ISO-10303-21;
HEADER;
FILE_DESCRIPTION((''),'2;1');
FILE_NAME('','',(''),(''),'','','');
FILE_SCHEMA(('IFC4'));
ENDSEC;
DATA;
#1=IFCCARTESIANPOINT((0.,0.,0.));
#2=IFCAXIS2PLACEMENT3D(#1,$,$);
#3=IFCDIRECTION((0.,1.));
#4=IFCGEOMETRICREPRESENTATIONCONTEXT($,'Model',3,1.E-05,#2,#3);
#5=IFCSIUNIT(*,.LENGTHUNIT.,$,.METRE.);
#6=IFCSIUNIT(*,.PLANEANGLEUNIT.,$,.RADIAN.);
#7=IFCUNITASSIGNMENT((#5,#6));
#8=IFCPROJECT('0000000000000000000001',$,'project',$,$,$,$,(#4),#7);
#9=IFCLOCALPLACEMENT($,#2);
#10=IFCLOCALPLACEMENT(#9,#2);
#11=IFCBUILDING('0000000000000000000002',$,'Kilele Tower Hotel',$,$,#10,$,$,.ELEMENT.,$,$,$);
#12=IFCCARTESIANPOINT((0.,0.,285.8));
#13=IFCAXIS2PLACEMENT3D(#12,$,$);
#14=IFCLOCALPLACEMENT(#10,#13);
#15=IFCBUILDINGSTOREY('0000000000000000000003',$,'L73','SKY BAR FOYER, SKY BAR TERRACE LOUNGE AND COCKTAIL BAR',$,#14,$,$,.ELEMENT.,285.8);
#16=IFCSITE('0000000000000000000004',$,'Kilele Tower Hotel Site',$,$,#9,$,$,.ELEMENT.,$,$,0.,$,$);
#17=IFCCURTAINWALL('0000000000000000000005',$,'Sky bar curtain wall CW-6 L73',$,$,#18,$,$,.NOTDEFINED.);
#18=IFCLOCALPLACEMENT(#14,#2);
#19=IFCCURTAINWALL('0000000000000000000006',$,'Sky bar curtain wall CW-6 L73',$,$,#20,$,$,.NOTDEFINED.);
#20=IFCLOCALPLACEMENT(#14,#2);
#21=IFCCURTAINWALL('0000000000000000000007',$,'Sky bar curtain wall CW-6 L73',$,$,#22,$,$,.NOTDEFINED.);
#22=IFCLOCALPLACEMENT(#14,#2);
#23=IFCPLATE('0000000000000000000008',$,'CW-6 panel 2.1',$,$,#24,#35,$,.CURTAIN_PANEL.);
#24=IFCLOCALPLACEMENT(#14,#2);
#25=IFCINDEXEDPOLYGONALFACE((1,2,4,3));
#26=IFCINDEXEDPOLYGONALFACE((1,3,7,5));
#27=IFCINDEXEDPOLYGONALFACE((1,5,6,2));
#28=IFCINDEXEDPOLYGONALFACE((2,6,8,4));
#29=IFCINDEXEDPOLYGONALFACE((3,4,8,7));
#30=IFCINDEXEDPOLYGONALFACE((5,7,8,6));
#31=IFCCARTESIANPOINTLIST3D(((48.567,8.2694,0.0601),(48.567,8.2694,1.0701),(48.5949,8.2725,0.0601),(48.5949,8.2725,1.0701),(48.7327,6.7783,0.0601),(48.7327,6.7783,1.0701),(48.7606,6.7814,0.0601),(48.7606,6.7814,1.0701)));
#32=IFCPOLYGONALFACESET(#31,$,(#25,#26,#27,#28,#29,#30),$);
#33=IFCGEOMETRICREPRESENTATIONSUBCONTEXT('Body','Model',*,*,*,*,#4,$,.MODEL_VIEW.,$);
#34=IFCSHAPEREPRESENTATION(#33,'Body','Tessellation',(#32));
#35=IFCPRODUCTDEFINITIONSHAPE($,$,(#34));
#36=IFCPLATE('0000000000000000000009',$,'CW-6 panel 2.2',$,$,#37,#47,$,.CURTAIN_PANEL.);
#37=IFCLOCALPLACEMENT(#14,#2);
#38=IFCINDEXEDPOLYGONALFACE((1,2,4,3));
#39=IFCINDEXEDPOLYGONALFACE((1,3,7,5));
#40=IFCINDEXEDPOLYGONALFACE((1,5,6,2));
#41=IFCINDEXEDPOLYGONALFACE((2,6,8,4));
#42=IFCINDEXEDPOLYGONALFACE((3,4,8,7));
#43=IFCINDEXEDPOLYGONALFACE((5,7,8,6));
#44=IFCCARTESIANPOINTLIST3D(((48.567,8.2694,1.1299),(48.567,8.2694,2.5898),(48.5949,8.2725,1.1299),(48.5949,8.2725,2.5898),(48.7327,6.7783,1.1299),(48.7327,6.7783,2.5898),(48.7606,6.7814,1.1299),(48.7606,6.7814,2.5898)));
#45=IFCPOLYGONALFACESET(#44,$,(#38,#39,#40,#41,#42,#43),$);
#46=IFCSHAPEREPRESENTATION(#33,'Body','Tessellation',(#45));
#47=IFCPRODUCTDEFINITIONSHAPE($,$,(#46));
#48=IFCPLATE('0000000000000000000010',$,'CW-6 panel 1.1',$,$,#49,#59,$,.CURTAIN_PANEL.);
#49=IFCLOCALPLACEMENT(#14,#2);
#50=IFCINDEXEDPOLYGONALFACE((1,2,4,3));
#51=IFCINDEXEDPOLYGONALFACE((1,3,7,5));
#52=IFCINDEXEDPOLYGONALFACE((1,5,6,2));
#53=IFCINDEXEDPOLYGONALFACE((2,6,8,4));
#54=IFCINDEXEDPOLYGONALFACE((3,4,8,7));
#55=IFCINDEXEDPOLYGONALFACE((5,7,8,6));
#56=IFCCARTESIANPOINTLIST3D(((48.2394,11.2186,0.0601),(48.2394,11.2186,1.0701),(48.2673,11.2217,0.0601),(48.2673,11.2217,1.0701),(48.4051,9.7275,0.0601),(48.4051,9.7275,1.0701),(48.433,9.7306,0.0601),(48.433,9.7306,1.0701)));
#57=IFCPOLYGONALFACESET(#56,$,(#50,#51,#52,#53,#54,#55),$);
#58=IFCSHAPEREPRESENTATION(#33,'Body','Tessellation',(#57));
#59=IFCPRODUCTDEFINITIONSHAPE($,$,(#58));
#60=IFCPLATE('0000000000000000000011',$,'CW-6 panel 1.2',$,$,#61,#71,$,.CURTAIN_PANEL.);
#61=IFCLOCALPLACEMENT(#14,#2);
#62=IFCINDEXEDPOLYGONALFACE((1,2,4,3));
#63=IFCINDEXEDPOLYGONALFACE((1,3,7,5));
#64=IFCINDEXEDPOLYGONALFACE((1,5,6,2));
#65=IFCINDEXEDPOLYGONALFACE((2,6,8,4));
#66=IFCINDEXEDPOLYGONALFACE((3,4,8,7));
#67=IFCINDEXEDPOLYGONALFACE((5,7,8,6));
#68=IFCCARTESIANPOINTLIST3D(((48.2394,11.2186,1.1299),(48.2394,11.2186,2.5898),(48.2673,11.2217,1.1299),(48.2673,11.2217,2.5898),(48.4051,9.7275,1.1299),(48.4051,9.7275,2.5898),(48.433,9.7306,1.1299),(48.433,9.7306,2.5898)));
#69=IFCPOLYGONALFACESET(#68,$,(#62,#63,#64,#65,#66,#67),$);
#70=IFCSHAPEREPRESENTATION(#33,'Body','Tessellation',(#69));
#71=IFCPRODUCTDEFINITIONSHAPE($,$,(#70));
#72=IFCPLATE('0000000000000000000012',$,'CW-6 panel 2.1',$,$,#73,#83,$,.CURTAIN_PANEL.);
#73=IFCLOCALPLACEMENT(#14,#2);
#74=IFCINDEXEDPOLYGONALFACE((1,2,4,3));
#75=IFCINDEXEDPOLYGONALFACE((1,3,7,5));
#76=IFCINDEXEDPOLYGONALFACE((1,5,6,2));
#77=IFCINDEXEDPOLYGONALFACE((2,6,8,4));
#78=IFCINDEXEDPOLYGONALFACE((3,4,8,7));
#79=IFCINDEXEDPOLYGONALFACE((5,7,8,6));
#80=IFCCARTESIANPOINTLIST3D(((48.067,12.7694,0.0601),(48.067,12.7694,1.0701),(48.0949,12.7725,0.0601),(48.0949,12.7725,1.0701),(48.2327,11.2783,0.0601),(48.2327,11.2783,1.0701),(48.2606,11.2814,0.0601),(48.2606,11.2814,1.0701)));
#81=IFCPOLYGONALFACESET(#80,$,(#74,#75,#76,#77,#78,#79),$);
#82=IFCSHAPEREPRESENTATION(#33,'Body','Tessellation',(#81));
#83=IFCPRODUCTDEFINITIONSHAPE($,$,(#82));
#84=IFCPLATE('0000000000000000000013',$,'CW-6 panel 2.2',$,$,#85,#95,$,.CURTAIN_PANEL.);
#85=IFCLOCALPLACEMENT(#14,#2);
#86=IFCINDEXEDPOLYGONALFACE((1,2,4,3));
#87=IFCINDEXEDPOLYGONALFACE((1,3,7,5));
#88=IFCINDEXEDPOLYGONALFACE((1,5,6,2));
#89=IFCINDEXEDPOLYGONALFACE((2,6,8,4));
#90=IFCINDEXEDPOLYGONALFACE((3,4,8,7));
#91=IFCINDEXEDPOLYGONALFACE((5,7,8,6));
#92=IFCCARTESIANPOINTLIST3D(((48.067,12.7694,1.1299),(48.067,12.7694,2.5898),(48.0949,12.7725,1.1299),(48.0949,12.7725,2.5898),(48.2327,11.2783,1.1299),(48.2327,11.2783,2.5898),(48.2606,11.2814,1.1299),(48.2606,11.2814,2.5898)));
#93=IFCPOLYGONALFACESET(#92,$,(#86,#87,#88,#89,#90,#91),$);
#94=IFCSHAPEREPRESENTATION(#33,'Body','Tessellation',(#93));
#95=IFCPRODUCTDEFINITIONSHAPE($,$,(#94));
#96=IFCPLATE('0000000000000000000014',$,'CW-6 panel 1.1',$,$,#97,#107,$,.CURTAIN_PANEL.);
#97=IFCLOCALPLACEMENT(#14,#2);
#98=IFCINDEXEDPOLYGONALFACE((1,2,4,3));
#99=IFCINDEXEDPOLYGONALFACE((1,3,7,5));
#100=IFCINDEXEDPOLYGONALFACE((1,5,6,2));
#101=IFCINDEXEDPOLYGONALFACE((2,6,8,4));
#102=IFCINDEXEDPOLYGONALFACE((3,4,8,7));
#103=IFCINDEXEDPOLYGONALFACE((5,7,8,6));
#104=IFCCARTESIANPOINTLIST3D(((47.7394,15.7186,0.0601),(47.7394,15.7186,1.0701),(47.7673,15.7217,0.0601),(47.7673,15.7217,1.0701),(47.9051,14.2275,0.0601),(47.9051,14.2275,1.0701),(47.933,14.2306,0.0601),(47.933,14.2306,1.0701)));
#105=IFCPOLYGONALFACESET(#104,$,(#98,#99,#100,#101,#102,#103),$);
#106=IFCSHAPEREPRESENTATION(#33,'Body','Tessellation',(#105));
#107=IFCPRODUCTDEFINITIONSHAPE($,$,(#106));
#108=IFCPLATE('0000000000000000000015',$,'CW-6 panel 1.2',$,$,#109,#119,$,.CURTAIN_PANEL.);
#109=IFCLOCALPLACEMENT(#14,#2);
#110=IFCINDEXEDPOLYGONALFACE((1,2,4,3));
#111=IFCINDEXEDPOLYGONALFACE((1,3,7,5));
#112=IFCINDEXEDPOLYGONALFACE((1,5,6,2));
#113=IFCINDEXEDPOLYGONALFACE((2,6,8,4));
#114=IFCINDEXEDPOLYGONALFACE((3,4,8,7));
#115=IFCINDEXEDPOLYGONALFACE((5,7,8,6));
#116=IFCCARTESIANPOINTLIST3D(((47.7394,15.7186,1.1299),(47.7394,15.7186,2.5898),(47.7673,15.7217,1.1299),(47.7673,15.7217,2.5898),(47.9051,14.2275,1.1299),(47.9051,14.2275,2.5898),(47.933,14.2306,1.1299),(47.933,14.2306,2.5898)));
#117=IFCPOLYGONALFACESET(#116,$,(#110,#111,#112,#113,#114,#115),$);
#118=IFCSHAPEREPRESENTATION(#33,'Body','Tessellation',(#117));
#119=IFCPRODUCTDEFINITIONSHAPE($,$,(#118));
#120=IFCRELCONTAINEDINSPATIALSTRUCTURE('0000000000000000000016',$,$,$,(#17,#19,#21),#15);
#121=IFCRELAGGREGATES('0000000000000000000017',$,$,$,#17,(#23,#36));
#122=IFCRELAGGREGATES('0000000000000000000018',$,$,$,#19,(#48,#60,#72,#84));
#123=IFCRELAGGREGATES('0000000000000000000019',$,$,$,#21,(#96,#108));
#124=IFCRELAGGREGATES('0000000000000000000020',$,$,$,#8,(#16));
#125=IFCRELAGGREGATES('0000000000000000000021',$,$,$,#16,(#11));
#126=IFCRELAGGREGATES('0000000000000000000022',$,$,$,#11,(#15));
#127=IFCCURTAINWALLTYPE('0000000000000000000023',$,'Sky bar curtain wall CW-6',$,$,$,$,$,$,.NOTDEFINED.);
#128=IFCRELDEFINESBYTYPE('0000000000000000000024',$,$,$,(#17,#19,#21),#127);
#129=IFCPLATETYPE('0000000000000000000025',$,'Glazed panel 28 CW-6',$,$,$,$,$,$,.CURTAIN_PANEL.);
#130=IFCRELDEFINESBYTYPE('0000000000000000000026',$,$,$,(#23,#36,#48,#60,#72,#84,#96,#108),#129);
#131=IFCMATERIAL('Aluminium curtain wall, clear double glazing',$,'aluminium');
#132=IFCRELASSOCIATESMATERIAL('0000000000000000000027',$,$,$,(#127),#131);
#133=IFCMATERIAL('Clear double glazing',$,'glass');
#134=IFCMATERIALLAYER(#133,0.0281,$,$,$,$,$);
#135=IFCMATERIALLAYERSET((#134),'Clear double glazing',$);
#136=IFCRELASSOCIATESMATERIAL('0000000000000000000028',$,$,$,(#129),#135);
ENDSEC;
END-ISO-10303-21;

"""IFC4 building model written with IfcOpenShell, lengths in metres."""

from ifc_helpers import new_model, si_unit, direction, frame, origin, origin_2d, place, context, subcontext, project, spatial, rectangle, extrude, material, layer, layer_set, type_object, element, aggregate, save


model = new_model("IFC4")

# Units and contexts
model_context = context("Model", 3, precision=1e-05, world=origin(), true_north=direction((0.0, 1.0)))
body_context = subcontext(model_context, "Body", "Model", "MODEL_VIEW")
ifc_project = project(units=[si_unit("LENGTHUNIT", "METRE"), si_unit("PLANEANGLEUNIT", "RADIAN")], contexts=[model_context])

# Site, building, storey
site_placement = place(None, origin())
site = spatial("IfcSite", under=ifc_project, at=site_placement, Name="Kilele Tower Hotel Site", CompositionType="ELEMENT", RefElevation=0.0)
building_placement = place(site_placement, origin())
building = spatial("IfcBuilding", under=site, at=building_placement, Name="Kilele Tower Hotel", CompositionType="ELEMENT")
storey_placement = place(building_placement, frame((0.0, 0.0, 285.8)))
storey = spatial("IfcBuildingStorey", under=building, at=storey_placement, Name="L73", Description="SKY BAR FOYER, SKY BAR TERRACE LOUNGE AND COCKTAIL BAR", CompositionType="ELEMENT", Elevation=285.8)

# Curtain walls
ifc_material_1 = material(Name="Aluminium curtain wall, clear double glazing", Category="aluminium")
curtain_wall_type = type_object("IfcCurtainWallType", Name="Sky bar curtain wall CW-6", PredefinedType="NOTDEFINED", material=ifc_material_1)
curtain_wall_1_placement = place(storey_placement, origin())
curtain_wall_1 = element("IfcCurtainWall", 1, at=curtain_wall_1_placement, inside=storey, type_object=curtain_wall_type, Name="Sky bar curtain wall CW-6 L73", PredefinedType="NOTDEFINED")
curtain_wall_2_placement = place(storey_placement, origin())
curtain_wall_2 = element("IfcCurtainWall", 2, at=curtain_wall_2_placement, inside=storey, type_object=curtain_wall_type, Name="Sky bar curtain wall CW-6 L73", PredefinedType="NOTDEFINED")
curtain_wall_3_placement = place(storey_placement, origin())
curtain_wall_3 = element("IfcCurtainWall", 3, at=curtain_wall_3_placement, inside=storey, type_object=curtain_wall_type, Name="Sky bar curtain wall CW-6 L73", PredefinedType="NOTDEFINED")

# Plates
ifc_material_2 = material(Name="Clear double glazing", Category="glass")
ifc_layer = layer(ifc_material_2, 0.0281)
ifc_layer_set = layer_set([ifc_layer], Name="Clear double glazing")
plate_type = type_object("IfcPlateType", Name="Glazed panel 28 CW-6", PredefinedType="CURTAIN_PANEL", material=ifc_layer_set)
plate_1_placement = place(storey_placement, frame((48.6638, 7.5254, 0.0601), z_axis=(0.0, 0.0, 1.0), x_axis=(-0.110432, 0.993884, 0.0)))
plate_1 = element("IfcPlate", 4, at=plate_1_placement, type_object=plate_type, Name="CW-6 panel 2.1", PredefinedType="CURTAIN_PANEL", context=body_context, shape_type="SweptSolid", body=[
    extrude(rectangle(XDim=1.5002, YDim=0.0281, at=origin_2d()), origin(), (0.0, 0.0, 1.0), 1.01),
])
plate_2_placement = place(storey_placement, frame((48.6638, 7.5254, 1.1299), z_axis=(0.0, 0.0, 1.0), x_axis=(-0.110432, 0.993884, 0.0)))
plate_2 = element("IfcPlate", 5, at=plate_2_placement, type_object=plate_type, Name="CW-6 panel 2.2", PredefinedType="CURTAIN_PANEL", context=body_context, shape_type="SweptSolid", body=[
    extrude(rectangle(XDim=1.5002, YDim=0.0281, at=origin_2d()), origin(), (0.0, 0.0, 1.0), 1.46),
])
aggregate(curtain_wall_1, [plate_1, plate_2])
plate_3_placement = place(storey_placement, frame((48.3362, 10.4746, 0.0601), z_axis=(0.0, 0.0, 1.0), x_axis=(-0.110432, 0.993884, 0.0)))
plate_3 = element("IfcPlate", 6, at=plate_3_placement, type_object=plate_type, Name="CW-6 panel 1.1", PredefinedType="CURTAIN_PANEL", context=body_context, shape_type="SweptSolid", body=[
    extrude(rectangle(XDim=1.5002, YDim=0.0281, at=origin_2d()), origin(), (0.0, 0.0, 1.0), 1.01),
])
plate_4_placement = place(storey_placement, frame((48.3362, 10.4746, 1.1299), z_axis=(0.0, 0.0, 1.0), x_axis=(-0.110432, 0.993884, 0.0)))
plate_4 = element("IfcPlate", 7, at=plate_4_placement, type_object=plate_type, Name="CW-6 panel 1.2", PredefinedType="CURTAIN_PANEL", context=body_context, shape_type="SweptSolid", body=[
    extrude(rectangle(XDim=1.5002, YDim=0.0281, at=origin_2d()), origin(), (0.0, 0.0, 1.0), 1.46),
])
plate_5_placement = place(storey_placement, frame((48.1638, 12.0254, 0.0601), z_axis=(0.0, 0.0, 1.0), x_axis=(-0.110432, 0.993884, 0.0)))
plate_5 = element("IfcPlate", 8, at=plate_5_placement, type_object=plate_type, Name="CW-6 panel 2.1", PredefinedType="CURTAIN_PANEL", context=body_context, shape_type="SweptSolid", body=[
    extrude(rectangle(XDim=1.5002, YDim=0.0281, at=origin_2d()), origin(), (0.0, 0.0, 1.0), 1.01),
])
plate_6_placement = place(storey_placement, frame((48.1638, 12.0254, 1.1299), z_axis=(0.0, 0.0, 1.0), x_axis=(-0.110432, 0.993884, 0.0)))
plate_6 = element("IfcPlate", 9, at=plate_6_placement, type_object=plate_type, Name="CW-6 panel 2.2", PredefinedType="CURTAIN_PANEL", context=body_context, shape_type="SweptSolid", body=[
    extrude(rectangle(XDim=1.5002, YDim=0.0281, at=origin_2d()), origin(), (0.0, 0.0, 1.0), 1.46),
])
aggregate(curtain_wall_2, [plate_3, plate_4, plate_5, plate_6])
plate_7_placement = place(storey_placement, frame((47.8362, 14.9746, 0.0601), z_axis=(0.0, 0.0, 1.0), x_axis=(-0.110432, 0.993884, 0.0)))
plate_7 = element("IfcPlate", 10, at=plate_7_placement, type_object=plate_type, Name="CW-6 panel 1.1", PredefinedType="CURTAIN_PANEL", context=body_context, shape_type="SweptSolid", body=[
    extrude(rectangle(XDim=1.5002, YDim=0.0281, at=origin_2d()), origin(), (0.0, 0.0, 1.0), 1.01),
])
plate_8_placement = place(storey_placement, frame((47.8362, 14.9746, 1.1299), z_axis=(0.0, 0.0, 1.0), x_axis=(-0.110432, 0.993884, 0.0)))
plate_8 = element("IfcPlate", 11, at=plate_8_placement, type_object=plate_type, Name="CW-6 panel 1.2", PredefinedType="CURTAIN_PANEL", context=body_context, shape_type="SweptSolid", body=[
    extrude(rectangle(XDim=1.5002, YDim=0.0281, at=origin_2d()), origin(), (0.0, 0.0, 1.0), 1.46),
])
aggregate(curtain_wall_3, [plate_7, plate_8])

save(model, "model.ifc")
